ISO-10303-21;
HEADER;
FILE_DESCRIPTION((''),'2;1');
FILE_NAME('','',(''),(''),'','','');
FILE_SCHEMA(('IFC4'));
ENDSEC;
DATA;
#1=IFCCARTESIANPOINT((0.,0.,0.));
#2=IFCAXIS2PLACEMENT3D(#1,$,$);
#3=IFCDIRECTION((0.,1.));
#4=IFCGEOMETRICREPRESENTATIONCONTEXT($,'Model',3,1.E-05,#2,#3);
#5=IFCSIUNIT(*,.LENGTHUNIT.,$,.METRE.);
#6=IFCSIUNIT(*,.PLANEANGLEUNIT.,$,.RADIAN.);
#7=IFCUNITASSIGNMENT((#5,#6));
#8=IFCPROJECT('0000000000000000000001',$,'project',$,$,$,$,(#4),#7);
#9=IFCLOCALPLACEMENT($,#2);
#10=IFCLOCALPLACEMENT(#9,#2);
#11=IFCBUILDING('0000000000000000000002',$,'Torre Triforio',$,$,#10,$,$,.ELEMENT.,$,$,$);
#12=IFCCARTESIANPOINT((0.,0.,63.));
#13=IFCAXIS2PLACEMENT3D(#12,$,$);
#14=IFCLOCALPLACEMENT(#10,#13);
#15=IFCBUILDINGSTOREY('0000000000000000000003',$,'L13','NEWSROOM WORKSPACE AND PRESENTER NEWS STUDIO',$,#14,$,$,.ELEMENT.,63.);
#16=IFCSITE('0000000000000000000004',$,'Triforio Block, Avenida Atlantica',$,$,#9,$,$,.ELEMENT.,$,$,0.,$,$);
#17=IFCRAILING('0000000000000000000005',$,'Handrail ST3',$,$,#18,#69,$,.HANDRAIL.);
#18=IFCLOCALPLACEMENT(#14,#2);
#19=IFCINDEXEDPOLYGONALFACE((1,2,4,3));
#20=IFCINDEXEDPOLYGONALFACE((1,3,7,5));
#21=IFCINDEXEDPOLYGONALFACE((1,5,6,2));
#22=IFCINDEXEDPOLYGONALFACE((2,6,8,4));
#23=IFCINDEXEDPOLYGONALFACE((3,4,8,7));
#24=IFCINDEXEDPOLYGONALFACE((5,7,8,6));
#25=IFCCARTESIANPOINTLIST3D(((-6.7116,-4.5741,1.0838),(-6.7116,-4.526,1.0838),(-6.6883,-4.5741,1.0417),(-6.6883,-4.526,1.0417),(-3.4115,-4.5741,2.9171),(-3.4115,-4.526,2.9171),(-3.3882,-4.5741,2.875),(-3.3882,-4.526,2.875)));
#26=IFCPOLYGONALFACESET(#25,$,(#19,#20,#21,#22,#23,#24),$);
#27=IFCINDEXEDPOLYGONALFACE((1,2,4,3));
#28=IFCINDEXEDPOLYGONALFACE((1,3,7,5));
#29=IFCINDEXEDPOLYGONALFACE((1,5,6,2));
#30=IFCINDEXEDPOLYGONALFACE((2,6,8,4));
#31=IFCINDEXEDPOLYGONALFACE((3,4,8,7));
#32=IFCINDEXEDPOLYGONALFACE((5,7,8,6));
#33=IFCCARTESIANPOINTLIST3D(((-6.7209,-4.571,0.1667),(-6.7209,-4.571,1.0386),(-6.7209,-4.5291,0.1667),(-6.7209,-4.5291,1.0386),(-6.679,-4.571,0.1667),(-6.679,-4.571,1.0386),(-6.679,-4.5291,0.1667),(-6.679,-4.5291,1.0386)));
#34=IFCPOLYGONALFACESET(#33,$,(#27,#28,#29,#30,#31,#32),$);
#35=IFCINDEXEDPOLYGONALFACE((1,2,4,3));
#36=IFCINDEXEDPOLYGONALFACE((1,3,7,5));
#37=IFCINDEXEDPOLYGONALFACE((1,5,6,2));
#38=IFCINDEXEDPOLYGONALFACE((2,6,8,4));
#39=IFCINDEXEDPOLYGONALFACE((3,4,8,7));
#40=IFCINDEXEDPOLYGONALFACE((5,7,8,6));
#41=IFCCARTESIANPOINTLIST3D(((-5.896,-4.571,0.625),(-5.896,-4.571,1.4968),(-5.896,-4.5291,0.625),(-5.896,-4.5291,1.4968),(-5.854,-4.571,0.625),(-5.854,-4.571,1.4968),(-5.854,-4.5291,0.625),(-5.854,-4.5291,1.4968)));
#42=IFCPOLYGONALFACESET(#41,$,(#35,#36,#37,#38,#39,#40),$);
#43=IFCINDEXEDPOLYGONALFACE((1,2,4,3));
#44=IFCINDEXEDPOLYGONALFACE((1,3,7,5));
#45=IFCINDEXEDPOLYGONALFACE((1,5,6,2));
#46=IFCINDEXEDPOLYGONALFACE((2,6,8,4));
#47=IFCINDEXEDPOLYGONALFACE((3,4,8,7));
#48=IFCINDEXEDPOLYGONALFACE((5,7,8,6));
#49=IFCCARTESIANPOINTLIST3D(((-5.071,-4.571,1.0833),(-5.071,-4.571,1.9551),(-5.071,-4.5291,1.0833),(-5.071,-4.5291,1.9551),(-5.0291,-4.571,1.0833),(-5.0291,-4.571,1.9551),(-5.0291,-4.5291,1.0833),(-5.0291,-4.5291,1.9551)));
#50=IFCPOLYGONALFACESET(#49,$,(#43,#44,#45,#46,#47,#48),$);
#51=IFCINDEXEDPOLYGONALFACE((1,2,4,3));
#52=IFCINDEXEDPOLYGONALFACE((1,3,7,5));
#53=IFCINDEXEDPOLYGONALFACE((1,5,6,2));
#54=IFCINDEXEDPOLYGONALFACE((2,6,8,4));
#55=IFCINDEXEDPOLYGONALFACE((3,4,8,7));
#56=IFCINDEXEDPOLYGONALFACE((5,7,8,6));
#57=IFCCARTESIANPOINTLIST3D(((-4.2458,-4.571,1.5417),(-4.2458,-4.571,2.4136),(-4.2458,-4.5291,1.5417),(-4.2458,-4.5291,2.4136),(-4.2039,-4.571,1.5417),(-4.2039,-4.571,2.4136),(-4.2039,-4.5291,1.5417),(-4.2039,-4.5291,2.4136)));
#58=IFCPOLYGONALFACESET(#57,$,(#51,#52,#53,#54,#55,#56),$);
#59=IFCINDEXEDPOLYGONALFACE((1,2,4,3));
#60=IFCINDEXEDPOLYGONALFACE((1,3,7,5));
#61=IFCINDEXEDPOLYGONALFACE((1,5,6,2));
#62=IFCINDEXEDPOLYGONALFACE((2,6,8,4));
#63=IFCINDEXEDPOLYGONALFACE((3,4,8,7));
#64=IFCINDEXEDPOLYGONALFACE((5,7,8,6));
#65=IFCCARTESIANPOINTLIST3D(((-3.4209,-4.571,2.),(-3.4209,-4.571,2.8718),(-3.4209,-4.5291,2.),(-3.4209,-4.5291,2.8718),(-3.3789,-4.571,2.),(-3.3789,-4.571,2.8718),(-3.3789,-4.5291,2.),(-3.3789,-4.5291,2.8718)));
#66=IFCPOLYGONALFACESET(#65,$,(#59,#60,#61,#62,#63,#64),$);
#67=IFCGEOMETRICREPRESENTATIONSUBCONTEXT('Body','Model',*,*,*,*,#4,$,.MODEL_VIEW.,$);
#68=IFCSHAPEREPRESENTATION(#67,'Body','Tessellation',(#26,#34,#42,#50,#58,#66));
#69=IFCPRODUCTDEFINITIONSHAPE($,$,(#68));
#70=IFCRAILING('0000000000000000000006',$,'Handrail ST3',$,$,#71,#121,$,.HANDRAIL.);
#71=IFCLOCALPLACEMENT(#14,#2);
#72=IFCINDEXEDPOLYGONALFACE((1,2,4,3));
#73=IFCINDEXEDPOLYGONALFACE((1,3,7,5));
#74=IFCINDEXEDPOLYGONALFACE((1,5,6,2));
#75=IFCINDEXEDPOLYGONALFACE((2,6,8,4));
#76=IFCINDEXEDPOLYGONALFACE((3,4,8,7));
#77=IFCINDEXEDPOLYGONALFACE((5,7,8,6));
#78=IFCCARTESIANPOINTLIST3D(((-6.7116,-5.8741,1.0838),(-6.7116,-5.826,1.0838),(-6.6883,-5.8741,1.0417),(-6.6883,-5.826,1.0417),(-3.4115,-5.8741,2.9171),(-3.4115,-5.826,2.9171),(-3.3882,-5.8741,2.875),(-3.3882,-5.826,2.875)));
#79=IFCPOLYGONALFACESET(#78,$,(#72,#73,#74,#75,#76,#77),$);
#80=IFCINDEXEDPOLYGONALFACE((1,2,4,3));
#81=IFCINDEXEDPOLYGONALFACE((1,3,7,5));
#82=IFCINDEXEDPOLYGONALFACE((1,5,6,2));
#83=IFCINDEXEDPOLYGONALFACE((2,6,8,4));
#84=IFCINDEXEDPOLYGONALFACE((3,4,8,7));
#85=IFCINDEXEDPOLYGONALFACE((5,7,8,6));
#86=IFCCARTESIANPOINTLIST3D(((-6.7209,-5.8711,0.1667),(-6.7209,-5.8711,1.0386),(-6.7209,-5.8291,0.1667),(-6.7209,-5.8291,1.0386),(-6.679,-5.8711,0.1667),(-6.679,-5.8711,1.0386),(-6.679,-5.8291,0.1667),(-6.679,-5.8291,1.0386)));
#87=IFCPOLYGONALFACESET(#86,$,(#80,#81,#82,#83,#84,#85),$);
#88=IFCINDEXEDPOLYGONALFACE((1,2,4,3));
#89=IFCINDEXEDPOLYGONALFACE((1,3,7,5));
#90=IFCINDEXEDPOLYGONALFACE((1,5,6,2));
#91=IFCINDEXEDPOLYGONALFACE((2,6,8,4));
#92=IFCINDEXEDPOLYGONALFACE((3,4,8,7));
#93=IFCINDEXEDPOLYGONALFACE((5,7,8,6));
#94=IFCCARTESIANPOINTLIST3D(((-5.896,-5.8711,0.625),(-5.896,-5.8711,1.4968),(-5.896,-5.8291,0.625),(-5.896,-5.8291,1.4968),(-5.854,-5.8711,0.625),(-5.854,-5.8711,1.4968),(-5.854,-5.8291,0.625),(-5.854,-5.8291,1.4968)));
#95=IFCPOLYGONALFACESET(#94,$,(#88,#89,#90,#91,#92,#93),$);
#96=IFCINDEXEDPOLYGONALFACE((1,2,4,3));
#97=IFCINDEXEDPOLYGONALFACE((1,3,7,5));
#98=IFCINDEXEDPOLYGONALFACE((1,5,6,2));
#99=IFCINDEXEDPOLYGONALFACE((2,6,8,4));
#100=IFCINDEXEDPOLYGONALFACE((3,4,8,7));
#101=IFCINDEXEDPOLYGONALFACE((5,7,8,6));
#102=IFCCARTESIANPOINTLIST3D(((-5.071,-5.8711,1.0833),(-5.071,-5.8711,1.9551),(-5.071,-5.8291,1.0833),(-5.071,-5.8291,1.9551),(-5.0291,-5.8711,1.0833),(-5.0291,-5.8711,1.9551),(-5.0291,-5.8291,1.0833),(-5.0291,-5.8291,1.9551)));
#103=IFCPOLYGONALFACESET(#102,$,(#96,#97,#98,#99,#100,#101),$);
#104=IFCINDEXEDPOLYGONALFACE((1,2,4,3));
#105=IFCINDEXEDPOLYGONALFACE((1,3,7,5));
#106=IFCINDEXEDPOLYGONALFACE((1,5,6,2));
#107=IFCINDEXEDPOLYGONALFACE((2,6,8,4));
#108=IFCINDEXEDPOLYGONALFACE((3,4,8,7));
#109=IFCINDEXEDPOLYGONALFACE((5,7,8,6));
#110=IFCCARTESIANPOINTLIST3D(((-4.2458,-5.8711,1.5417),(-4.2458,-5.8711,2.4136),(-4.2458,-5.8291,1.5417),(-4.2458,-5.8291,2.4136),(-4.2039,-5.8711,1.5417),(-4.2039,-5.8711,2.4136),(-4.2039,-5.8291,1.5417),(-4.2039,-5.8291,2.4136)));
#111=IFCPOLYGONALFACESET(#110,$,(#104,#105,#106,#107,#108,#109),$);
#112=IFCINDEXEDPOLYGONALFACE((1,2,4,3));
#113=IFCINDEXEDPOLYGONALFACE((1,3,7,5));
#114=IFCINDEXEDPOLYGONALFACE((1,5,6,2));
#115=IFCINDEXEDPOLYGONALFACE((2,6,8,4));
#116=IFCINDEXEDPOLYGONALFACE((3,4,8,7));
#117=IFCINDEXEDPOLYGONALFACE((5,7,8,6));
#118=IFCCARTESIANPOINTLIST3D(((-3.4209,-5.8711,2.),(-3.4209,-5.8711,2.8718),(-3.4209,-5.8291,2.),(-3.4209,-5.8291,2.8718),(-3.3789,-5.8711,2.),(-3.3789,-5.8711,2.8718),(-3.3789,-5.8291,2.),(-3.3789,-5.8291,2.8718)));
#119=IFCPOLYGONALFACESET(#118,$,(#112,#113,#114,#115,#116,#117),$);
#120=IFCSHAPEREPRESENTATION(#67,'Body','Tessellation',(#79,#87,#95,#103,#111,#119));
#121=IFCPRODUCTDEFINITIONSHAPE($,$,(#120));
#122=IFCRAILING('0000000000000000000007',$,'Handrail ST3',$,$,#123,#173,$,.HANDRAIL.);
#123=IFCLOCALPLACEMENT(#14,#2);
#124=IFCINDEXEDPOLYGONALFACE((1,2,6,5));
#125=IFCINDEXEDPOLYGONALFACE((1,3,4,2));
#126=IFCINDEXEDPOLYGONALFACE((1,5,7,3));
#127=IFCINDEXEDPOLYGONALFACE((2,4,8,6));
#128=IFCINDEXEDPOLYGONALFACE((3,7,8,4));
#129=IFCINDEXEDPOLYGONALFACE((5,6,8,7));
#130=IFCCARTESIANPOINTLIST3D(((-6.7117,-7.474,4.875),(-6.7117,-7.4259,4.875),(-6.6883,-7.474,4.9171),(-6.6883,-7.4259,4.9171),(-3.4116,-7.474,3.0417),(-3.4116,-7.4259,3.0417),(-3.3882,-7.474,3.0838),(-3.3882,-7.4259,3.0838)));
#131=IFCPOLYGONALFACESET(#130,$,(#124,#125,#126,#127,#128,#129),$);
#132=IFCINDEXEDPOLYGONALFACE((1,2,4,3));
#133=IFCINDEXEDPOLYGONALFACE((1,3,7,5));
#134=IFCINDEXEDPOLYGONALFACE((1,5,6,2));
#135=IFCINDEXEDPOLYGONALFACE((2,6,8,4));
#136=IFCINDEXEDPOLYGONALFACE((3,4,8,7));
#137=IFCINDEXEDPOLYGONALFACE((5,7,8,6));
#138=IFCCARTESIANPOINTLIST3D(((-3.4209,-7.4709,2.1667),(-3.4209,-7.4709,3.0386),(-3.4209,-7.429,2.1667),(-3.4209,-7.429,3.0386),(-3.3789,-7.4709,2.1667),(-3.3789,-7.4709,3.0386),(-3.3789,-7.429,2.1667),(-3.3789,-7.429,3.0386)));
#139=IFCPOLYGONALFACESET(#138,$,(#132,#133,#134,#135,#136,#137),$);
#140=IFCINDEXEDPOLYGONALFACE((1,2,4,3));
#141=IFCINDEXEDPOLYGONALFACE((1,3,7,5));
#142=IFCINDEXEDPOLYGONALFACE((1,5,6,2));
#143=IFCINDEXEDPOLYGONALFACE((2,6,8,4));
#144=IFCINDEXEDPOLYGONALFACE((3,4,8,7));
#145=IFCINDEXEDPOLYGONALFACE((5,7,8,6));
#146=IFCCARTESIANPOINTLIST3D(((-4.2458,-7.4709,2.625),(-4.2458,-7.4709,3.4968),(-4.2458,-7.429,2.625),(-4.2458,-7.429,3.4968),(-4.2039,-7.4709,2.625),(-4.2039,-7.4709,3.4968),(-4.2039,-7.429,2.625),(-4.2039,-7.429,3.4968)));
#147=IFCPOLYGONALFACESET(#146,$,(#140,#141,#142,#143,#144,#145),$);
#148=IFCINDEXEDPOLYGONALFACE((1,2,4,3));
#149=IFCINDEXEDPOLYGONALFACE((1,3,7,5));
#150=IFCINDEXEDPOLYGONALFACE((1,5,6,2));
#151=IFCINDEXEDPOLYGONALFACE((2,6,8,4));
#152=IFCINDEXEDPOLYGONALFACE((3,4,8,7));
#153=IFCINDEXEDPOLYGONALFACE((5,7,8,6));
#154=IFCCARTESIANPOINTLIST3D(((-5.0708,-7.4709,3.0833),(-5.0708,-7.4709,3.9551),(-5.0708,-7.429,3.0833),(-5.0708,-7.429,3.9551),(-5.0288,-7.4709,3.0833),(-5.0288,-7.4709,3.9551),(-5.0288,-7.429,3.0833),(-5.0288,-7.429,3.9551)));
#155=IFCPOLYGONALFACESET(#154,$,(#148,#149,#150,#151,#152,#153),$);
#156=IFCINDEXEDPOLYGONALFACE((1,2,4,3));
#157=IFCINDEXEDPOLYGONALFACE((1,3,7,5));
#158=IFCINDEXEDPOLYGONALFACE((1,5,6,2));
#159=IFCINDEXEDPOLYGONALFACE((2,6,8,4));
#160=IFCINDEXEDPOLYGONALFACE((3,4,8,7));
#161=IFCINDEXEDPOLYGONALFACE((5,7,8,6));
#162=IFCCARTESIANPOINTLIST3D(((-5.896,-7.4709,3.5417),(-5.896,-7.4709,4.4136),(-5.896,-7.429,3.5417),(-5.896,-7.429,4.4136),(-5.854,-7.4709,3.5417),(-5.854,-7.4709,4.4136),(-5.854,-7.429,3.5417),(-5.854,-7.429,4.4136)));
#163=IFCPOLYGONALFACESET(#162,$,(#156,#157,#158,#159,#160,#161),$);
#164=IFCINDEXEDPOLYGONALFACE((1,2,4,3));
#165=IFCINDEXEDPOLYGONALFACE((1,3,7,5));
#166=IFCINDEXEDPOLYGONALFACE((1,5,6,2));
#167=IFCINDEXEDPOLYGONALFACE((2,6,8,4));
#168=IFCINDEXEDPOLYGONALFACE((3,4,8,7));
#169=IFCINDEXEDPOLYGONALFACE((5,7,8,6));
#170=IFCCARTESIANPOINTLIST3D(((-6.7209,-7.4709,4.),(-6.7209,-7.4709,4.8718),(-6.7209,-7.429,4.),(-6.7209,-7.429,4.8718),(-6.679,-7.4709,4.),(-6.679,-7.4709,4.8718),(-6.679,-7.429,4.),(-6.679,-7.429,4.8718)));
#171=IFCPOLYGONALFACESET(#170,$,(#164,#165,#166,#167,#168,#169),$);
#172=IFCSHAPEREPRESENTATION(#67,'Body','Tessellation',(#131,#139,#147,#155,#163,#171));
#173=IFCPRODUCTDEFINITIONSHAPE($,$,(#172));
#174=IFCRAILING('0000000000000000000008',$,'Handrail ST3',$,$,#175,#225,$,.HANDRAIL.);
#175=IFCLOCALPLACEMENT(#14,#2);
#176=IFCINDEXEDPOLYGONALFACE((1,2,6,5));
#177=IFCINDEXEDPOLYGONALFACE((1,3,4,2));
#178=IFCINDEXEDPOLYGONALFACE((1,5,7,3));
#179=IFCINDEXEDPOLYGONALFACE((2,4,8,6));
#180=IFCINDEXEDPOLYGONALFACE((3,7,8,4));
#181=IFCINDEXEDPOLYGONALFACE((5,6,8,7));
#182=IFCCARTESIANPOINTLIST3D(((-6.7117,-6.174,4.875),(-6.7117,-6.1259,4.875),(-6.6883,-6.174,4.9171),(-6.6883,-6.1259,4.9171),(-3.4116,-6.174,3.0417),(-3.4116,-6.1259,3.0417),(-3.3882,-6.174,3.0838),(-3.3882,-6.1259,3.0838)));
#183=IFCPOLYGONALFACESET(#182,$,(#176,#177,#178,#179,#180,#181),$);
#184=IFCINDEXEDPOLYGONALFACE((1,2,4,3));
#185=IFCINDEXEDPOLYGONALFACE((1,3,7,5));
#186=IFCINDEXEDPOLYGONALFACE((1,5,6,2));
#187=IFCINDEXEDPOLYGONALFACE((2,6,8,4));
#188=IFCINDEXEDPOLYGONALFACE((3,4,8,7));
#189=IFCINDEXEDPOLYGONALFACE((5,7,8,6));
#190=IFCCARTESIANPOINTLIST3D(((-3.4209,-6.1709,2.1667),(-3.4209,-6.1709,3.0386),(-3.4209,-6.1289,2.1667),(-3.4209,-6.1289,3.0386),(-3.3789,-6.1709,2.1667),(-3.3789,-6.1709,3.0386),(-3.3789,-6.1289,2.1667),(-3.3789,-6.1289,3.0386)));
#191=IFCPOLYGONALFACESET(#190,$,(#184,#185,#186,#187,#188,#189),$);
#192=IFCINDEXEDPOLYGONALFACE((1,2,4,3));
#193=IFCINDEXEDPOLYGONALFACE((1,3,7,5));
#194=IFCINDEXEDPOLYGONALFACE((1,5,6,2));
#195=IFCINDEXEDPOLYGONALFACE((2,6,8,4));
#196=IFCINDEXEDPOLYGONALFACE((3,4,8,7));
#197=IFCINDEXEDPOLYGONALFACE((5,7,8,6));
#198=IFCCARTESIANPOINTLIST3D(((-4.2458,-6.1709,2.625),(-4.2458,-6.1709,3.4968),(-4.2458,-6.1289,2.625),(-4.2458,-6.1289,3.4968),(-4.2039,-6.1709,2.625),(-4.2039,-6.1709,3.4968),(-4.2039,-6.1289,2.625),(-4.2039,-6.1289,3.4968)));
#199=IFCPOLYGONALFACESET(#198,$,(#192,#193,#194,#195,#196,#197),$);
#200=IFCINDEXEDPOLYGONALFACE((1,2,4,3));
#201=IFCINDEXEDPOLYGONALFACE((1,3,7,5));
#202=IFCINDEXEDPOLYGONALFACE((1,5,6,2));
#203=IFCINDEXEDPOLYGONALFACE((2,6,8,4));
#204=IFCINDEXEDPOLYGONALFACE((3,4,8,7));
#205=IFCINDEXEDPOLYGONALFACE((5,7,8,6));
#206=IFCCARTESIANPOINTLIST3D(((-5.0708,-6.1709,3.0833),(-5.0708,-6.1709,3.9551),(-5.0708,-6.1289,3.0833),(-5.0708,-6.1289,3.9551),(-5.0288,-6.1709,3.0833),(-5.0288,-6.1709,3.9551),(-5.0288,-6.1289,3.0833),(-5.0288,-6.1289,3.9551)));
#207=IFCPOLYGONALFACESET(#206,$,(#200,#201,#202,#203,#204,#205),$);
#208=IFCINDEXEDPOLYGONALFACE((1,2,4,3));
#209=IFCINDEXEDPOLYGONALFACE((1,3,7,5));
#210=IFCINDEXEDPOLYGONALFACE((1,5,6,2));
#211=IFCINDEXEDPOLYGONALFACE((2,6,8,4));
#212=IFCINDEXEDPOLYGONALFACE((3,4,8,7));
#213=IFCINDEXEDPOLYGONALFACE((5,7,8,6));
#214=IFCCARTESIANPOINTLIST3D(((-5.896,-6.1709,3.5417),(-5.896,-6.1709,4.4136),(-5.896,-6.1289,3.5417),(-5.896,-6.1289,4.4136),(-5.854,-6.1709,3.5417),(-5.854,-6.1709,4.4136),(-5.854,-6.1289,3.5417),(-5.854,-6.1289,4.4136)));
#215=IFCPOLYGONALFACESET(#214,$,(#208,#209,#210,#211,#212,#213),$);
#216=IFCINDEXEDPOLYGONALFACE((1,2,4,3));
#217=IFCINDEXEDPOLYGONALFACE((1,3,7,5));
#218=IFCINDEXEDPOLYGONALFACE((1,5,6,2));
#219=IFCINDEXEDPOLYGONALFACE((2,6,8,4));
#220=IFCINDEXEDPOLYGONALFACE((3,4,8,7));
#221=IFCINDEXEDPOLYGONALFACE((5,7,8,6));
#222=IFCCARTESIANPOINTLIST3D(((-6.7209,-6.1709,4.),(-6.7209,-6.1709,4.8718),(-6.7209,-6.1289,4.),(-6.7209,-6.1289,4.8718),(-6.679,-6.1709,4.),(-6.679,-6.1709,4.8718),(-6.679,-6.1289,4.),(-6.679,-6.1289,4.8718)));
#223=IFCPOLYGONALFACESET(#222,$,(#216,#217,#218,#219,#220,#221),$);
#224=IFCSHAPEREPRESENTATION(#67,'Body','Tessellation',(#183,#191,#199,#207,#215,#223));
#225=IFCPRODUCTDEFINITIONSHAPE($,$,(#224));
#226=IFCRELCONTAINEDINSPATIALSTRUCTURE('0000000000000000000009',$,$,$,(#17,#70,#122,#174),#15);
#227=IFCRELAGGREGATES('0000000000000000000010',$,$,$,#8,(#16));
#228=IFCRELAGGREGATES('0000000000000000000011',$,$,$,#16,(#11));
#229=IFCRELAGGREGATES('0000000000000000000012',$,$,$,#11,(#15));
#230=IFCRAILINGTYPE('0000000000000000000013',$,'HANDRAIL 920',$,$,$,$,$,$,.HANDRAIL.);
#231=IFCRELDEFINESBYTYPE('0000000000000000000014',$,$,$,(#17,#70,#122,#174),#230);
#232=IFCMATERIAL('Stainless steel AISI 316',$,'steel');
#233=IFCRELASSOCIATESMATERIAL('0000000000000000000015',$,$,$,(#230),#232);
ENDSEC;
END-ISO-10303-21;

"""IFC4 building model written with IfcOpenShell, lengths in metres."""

from ifc_helpers import new_model, si_unit, direction, frame, origin, origin_2d, place, context, subcontext, project, spatial, rectangle, extrude, material, type_object, element, save


model = new_model("IFC4")

# Units and contexts
model_context = context("Model", 3, precision=1e-05, world=origin(), true_north=direction((0.0, 1.0)))
body_context = subcontext(model_context, "Body", "Model", "MODEL_VIEW")
ifc_project = project(units=[si_unit("LENGTHUNIT", "METRE"), si_unit("PLANEANGLEUNIT", "RADIAN")], contexts=[model_context])

# Site, building, storey
site_placement = place(None, origin())
site = spatial("IfcSite", under=ifc_project, at=site_placement, Name="Triforio Block, Avenida Atlantica", CompositionType="ELEMENT", RefElevation=0.0)
building_placement = place(site_placement, origin())
building = spatial("IfcBuilding", under=site, at=building_placement, Name="Torre Triforio", CompositionType="ELEMENT")
storey_placement = place(building_placement, frame((0.0, 0.0, 63.0)))
storey = spatial("IfcBuildingStorey", under=building, at=storey_placement, Name="L13", Description="NEWSROOM WORKSPACE AND PRESENTER NEWS STUDIO", CompositionType="ELEMENT", Elevation=63.0)

# Railings
ifc_material_1 = material(Name="Stainless steel AISI 316", Category="steel")
railing_type = type_object("IfcRailingType", Name="HANDRAIL 920", PredefinedType="HANDRAIL", material=ifc_material_1)
for number, where, name in (
    (1, (-6.7, -4.55, 0.1667), "Handrail ST3"),
    (2, (-6.7, -5.8501, 0.1667), "Handrail ST3"),
):
    element("IfcRailing", number, at=place(storey_placement, frame(where)), inside=storey, type_object=railing_type, Name=name, PredefinedType="HANDRAIL", context=body_context, shape_type="SweptSolid", body=[
        extrude(rectangle(XDim=0.0481, YDim=0.0481, at=origin_2d()), frame((0.0, 0.0, 0.896), z_axis=(0.874169, 0.0, 0.485621), x_axis=(0.0, 1.0, 0.0)), (0.0, 0.0, 1.0), 3.7751),
        extrude(rectangle(XDim=0.042, YDim=0.042, at=origin_2d()), origin(), (0.0, 0.0, 1.0), 0.8718),
        extrude(rectangle(XDim=0.042, YDim=0.042, at=origin_2d()), frame((0.825, 0.0, 0.4583)), (0.0, 0.0, 1.0), 0.8718),
        extrude(rectangle(XDim=0.042, YDim=0.042, at=origin_2d()), frame((1.6499, 0.0, 0.9165)), (0.0, 0.0, 1.0), 0.8718),
        extrude(rectangle(XDim=0.042, YDim=0.042, at=origin_2d()), frame((2.4751, 0.0, 1.375)), (0.0, 0.0, 1.0), 0.8718),
        extrude(rectangle(XDim=0.042, YDim=0.042, at=origin_2d()), frame((3.3, 0.0, 1.8333)), (0.0, 0.0, 1.0), 0.8718),
    ])
for number, where, name in (
    (3, (-3.3999, -7.45, 2.1667), "Handrail ST3"),
    (4, (-3.3999, -6.1499, 2.1667), "Handrail ST3"),
):
    element("IfcRailing", number, at=place(storey_placement, frame(where)), inside=storey, type_object=railing_type, Name=name, PredefinedType="HANDRAIL", context=body_context, shape_type="SweptSolid", body=[
        extrude(rectangle(XDim=0.0481, YDim=0.0481, at=origin_2d()), frame((0.0, 0.0, 0.896), z_axis=(-0.874169, 0.0, 0.485621), x_axis=(0.0, -1.0, 0.0)), (0.0, 0.0, 1.0), 3.7751),
        extrude(rectangle(XDim=0.042, YDim=0.042, at=origin_2d()), origin(), (0.0, 0.0, 1.0), 0.8718),
        extrude(rectangle(XDim=0.042, YDim=0.042, at=origin_2d()), frame((-0.825, 0.0, 0.4583)), (0.0, 0.0, 1.0), 0.8718),
        extrude(rectangle(XDim=0.042, YDim=0.042, at=origin_2d()), frame((-1.6499, 0.0, 0.9165)), (0.0, 0.0, 1.0), 0.8718),
        extrude(rectangle(XDim=0.042, YDim=0.042, at=origin_2d()), frame((-2.4751, 0.0, 1.375)), (0.0, 0.0, 1.0), 0.8718),
        extrude(rectangle(XDim=0.042, YDim=0.042, at=origin_2d()), frame((-3.3, 0.0, 1.8333)), (0.0, 0.0, 1.0), 0.8718),
    ])

save(model, "model.ifc")
